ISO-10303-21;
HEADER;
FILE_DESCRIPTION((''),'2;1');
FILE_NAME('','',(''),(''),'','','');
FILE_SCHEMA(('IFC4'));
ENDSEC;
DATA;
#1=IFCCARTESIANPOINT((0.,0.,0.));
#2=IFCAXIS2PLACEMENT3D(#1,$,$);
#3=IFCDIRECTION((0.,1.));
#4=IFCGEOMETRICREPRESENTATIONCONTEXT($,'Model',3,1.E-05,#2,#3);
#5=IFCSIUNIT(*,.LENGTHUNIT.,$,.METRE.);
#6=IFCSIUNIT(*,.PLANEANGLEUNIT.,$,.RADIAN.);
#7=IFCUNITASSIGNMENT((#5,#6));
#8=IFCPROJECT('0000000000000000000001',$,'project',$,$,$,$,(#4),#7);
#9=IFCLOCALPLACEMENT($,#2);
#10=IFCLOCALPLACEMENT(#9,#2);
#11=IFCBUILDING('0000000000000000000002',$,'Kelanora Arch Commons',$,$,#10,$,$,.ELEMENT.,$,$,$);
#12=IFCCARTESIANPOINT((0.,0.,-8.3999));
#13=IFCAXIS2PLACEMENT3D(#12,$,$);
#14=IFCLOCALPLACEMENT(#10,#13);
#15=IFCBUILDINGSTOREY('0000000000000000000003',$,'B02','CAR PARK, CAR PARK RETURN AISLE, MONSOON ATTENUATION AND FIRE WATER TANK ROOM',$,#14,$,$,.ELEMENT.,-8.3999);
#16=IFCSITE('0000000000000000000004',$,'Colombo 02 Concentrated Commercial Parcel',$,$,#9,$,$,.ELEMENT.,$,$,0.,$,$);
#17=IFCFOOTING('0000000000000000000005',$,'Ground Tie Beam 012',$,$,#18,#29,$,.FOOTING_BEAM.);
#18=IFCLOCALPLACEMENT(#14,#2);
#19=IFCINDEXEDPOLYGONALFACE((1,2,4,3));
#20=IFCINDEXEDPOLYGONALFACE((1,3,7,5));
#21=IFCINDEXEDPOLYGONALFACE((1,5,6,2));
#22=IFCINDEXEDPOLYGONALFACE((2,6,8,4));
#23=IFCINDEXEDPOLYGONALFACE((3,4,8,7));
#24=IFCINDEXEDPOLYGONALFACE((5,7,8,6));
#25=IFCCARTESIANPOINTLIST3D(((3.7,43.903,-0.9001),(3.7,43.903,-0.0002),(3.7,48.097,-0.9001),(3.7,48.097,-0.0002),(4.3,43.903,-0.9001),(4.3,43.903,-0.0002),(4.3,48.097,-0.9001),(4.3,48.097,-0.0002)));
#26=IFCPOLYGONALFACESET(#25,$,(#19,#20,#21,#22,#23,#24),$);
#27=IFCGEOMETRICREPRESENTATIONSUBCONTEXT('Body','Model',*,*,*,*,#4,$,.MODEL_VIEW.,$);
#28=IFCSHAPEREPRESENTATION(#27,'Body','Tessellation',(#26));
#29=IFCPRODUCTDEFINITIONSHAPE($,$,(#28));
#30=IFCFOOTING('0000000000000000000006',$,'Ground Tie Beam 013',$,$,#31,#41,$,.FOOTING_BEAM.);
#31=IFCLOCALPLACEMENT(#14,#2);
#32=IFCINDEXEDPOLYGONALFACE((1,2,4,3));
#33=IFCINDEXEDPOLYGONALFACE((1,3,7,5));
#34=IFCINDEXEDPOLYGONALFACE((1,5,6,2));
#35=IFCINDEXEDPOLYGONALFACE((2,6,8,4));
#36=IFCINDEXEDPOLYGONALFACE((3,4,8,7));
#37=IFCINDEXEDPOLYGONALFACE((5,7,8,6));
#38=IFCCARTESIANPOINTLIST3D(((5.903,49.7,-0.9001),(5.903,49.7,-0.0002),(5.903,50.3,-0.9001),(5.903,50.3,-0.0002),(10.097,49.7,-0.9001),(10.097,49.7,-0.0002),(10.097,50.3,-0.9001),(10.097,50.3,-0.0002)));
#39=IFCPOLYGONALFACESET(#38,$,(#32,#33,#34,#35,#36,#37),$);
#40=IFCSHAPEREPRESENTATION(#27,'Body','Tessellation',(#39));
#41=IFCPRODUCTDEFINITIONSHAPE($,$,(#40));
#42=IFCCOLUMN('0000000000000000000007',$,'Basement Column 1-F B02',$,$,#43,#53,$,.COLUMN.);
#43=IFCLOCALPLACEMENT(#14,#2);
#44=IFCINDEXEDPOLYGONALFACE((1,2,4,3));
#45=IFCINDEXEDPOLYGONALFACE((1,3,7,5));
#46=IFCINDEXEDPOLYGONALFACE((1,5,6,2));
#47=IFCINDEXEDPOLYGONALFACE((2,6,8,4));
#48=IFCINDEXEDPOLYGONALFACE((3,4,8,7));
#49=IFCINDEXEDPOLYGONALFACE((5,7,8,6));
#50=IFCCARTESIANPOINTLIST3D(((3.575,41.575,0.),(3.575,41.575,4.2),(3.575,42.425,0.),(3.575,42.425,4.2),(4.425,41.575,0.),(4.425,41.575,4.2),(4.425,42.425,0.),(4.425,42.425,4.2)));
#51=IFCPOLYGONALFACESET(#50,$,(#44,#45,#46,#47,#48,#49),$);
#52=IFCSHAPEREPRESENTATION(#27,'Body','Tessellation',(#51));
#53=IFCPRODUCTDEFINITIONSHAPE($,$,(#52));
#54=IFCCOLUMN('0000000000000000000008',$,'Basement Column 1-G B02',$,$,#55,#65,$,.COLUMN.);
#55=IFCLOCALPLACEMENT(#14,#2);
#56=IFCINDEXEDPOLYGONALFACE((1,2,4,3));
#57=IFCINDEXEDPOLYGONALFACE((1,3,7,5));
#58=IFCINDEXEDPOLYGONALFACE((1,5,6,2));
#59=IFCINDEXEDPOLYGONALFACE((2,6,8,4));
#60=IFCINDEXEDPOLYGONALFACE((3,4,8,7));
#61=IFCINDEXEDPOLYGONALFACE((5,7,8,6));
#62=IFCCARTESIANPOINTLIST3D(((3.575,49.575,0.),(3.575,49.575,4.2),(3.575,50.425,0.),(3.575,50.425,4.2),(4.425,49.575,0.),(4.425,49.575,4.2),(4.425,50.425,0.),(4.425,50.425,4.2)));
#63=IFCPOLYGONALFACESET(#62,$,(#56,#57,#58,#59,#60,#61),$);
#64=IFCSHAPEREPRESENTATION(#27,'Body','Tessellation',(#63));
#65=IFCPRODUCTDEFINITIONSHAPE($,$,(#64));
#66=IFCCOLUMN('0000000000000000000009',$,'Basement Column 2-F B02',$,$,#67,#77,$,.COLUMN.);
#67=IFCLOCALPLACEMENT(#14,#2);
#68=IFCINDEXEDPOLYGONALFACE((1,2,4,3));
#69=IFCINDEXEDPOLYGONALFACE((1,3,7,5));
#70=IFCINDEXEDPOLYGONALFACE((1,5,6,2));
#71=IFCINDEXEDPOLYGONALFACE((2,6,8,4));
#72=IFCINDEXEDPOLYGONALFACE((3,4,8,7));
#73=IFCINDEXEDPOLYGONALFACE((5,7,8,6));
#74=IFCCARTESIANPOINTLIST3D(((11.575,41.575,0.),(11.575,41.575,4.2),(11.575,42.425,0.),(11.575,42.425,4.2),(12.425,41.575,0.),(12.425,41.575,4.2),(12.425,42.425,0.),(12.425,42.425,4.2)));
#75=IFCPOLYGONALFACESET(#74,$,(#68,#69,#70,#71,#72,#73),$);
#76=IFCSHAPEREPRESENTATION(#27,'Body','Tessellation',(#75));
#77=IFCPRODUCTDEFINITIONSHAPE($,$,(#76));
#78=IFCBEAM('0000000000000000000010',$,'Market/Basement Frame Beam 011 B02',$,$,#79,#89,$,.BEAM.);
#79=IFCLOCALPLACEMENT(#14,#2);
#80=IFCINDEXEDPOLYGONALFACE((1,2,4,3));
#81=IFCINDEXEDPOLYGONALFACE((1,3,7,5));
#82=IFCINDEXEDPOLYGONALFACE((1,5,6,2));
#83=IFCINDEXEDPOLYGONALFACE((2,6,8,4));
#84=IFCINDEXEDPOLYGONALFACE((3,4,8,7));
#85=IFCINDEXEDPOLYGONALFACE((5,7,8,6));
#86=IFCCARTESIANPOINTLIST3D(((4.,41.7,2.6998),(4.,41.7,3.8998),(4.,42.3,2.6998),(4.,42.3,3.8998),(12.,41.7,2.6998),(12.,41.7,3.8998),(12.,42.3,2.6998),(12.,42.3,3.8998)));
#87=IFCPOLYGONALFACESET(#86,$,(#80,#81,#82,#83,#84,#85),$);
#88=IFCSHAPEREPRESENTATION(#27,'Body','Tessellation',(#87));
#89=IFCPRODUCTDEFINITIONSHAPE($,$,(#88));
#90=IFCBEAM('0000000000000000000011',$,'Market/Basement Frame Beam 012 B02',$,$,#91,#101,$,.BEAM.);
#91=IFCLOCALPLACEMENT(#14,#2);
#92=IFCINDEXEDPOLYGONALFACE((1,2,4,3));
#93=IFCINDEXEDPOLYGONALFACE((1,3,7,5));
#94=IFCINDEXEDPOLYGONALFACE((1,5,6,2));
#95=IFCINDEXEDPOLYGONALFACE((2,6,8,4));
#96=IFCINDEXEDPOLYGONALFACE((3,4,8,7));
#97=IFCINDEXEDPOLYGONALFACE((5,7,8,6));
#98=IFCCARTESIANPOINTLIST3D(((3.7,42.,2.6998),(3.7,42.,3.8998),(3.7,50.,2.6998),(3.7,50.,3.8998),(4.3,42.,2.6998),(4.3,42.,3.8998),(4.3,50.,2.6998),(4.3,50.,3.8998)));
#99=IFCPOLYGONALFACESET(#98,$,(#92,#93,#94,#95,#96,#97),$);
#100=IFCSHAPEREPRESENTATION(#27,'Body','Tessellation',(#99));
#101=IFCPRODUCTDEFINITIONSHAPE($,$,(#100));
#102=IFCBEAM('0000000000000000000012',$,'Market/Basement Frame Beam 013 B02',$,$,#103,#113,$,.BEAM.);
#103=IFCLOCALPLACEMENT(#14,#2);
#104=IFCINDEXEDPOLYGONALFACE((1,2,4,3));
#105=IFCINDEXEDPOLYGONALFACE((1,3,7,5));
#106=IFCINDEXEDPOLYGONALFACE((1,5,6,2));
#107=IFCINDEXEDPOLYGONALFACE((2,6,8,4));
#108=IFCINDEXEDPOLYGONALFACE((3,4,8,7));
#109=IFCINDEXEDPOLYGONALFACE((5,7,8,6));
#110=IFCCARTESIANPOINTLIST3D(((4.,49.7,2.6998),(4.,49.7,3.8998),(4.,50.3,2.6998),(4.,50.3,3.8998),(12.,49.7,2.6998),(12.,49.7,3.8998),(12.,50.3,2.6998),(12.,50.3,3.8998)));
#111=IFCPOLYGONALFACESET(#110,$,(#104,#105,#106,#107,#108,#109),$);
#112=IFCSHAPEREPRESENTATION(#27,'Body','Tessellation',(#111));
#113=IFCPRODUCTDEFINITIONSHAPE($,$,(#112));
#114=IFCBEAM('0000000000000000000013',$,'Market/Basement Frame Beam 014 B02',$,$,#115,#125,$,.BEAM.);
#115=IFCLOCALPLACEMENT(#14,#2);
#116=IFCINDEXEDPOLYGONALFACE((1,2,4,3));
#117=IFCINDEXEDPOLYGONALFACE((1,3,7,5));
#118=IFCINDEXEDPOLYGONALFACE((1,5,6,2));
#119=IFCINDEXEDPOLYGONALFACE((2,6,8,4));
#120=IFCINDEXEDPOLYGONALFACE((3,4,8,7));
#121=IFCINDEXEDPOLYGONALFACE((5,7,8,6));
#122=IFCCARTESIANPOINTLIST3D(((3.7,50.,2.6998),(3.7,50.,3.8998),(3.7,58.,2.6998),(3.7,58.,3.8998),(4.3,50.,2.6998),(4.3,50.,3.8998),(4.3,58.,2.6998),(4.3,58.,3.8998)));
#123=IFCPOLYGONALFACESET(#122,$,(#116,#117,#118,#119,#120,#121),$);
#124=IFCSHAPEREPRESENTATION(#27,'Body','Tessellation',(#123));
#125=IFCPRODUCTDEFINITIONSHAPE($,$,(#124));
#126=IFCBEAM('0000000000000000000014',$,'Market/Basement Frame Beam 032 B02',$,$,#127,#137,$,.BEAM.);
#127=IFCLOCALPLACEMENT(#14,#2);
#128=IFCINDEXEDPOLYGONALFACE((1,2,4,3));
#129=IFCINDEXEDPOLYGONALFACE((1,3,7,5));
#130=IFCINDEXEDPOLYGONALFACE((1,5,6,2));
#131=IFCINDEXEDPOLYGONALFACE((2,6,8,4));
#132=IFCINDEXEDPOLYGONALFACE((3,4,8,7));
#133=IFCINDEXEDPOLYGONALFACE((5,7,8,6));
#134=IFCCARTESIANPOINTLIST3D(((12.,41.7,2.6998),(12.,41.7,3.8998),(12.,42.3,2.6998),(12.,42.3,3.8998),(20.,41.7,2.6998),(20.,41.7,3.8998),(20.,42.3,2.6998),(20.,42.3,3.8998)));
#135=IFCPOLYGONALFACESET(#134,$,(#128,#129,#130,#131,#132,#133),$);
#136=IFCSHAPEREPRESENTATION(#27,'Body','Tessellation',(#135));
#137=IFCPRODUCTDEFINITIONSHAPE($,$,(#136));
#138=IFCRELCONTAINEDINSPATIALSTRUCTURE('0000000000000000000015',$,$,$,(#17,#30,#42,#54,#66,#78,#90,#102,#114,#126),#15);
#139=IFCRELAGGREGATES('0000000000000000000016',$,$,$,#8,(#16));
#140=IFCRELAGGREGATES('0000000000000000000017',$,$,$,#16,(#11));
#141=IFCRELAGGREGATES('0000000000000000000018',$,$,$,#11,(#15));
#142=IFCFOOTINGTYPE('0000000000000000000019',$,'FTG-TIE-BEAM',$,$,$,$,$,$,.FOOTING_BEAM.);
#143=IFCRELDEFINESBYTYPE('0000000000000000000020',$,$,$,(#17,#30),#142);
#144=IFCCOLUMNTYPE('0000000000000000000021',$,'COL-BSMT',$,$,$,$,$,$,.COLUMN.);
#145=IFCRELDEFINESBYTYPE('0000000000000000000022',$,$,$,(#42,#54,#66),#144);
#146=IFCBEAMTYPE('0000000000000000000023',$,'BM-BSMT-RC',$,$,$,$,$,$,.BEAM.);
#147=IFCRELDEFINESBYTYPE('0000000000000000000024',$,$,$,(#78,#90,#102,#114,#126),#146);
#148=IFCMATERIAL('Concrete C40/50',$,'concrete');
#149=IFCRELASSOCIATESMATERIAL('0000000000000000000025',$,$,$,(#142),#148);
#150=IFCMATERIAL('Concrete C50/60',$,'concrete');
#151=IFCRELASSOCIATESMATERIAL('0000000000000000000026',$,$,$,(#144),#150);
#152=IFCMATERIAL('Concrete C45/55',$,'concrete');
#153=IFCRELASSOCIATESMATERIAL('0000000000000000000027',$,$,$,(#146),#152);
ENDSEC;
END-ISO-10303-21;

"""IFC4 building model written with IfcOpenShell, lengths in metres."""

from ifc_helpers import new_model, si_unit, direction, frame, origin, origin_2d, place, context, subcontext, project, spatial, rectangle, extrude, source, transform, mapped, material, material_profile, profile_set, type_object, element, save


model = new_model("IFC4")

# Units and contexts
model_context = context("Model", 3, precision=1e-05, world=origin(), true_north=direction((0.0, 1.0)))
body_context = subcontext(model_context, "Body", "Model", "MODEL_VIEW")
ifc_project = project(units=[si_unit("LENGTHUNIT", "METRE"), si_unit("PLANEANGLEUNIT", "RADIAN")], contexts=[model_context])

# Site, building, storey
site_placement = place(None, origin())
site = spatial("IfcSite", under=ifc_project, at=site_placement, Name="Colombo 02 Concentrated Commercial Parcel", CompositionType="ELEMENT", RefElevation=0.0)
building_placement = place(site_placement, origin())
building = spatial("IfcBuilding", under=site, at=building_placement, Name="Kelanora Arch Commons", CompositionType="ELEMENT")
storey_placement = place(building_placement, frame((0.0, 0.0, -8.3999)))
storey = spatial("IfcBuildingStorey", under=building, at=storey_placement, Name="B02", Description="CAR PARK, CAR PARK RETURN AISLE, MONSOON ATTENUATION AND FIRE WATER TANK ROOM", CompositionType="ELEMENT", Elevation=-8.3999)

# Shared definitions
ifc_material_1 = material(Name="Concrete C40/50", Category="concrete")

# Shared definitions
ifc_material_2 = material(Name="Concrete C45/55", Category="concrete")

# Footings
footing_type_1 = type_object("IfcFootingType", Name="FTG-TIE-BEAM", PredefinedType="FOOTING_BEAM", material=ifc_material_1)
shared_shape_1 = source(origin(), body_context, "Body", "SweptSolid", [
    extrude(rectangle(XDim=4.1941, YDim=0.6001, at=origin_2d()), origin(), (0.0, 0.0, 1.0), 0.8999),
])
for number, where, z_axis, x_axis, name in (
    (1, (4.0, 46.0, -0.9001), (0.0, 0.0, 1.0), (0.0, 1.0, 0.0), "Ground Tie Beam 012"),
    (2, (8.0, 50.0, -0.9001), (0.0, 0.0, 1.0), (1.0, 0.0, 0.0), "Ground Tie Beam 013"),
):
    element("IfcFooting", number, at=place(storey_placement, frame(where, z_axis=z_axis, x_axis=x_axis)), inside=storey, type_object=footing_type_1, Name=name, PredefinedType="FOOTING_BEAM", context=body_context, shape_type="MappedRepresentation", body=[
        mapped(shared_shape_1, transform((0.0, 0.0, 0.0), scale=1.0)),
    ])

# Columns
ifc_material_3 = material(Name="Concrete C50/60", Category="concrete")
ifc_material_profile_1 = material_profile(ifc_material_3, rectangle(XDim=0.8501, YDim=0.8501, at=origin_2d()), Name="RC850x850")
ifc_profile_set_1 = profile_set([ifc_material_profile_1], Name="Concrete C50/60")
column_type = type_object("IfcColumnType", Name="COL-BSMT", PredefinedType="COLUMN", material=ifc_profile_set_1)
for number, where, z_axis, x_axis, name in (
    (3, (4.0, 42.0, 0.0), (0.0, 0.0, 1.0), (1.0, 0.0, 0.0), "Basement Column 1-F B02"),
    (4, (4.0, 50.0, 0.0), (0.0, 0.0, 1.0), (1.0, 0.0, 0.0), "Basement Column 1-G B02"),
    (5, (12.0, 42.0, 0.0), (0.0, 0.0, 1.0), (1.0, 0.0, 0.0), "Basement Column 2-F B02"),
):
    element("IfcColumn", number, at=place(storey_placement, frame(where, z_axis=z_axis, x_axis=x_axis)), inside=storey, type_object=column_type, Name=name, PredefinedType="COLUMN", context=body_context, shape_type="SweptSolid", body=[
        extrude(rectangle(XDim=0.8501, YDim=0.8501, at=origin_2d()), origin(), (0.0, 0.0, 1.0), 4.2),
    ])

# Beams
ifc_material_profile_2 = material_profile(ifc_material_2, rectangle(XDim=0.6001, YDim=1.2, at=origin_2d()), Name="RCB600x1200")
ifc_profile_set_2 = profile_set([ifc_material_profile_2], Name="Concrete C45/55")
beam_type = type_object("IfcBeamType", Name="BM-BSMT-RC", PredefinedType="BEAM", material=ifc_profile_set_2)
for number, where, z_axis, x_axis, name in (
    (6, (4.0, 42.0, 3.2998), (1.0, 0.0, 0.0), (0.0, 1.0, 0.0), "Market/Basement Frame Beam 011 B02"),
    (7, (4.0, 42.0, 3.2998), (0.0, 1.0, 0.0), (-1.0, 0.0, 0.0), "Market/Basement Frame Beam 012 B02"),
    (8, (4.0, 50.0, 3.2998), (1.0, 0.0, 0.0), (0.0, 1.0, 0.0), "Market/Basement Frame Beam 013 B02"),
    (9, (4.0, 50.0, 3.2998), (0.0, 1.0, 0.0), (-1.0, 0.0, 0.0), "Market/Basement Frame Beam 014 B02"),
    (10, (12.0, 42.0, 3.2998), (1.0, 0.0, 0.0), (0.0, 1.0, 0.0), "Market/Basement Frame Beam 032 B02"),
):
    element("IfcBeam", number, at=place(storey_placement, frame(where, z_axis=z_axis, x_axis=x_axis)), inside=storey, type_object=beam_type, Name=name, PredefinedType="BEAM", context=body_context, shape_type="SweptSolid", body=[
        extrude(rectangle(XDim=0.6001, YDim=1.2, at=origin_2d()), origin(), (0.0, 0.0, 1.0), 8.0),
    ])

save(model, "model.ifc")
